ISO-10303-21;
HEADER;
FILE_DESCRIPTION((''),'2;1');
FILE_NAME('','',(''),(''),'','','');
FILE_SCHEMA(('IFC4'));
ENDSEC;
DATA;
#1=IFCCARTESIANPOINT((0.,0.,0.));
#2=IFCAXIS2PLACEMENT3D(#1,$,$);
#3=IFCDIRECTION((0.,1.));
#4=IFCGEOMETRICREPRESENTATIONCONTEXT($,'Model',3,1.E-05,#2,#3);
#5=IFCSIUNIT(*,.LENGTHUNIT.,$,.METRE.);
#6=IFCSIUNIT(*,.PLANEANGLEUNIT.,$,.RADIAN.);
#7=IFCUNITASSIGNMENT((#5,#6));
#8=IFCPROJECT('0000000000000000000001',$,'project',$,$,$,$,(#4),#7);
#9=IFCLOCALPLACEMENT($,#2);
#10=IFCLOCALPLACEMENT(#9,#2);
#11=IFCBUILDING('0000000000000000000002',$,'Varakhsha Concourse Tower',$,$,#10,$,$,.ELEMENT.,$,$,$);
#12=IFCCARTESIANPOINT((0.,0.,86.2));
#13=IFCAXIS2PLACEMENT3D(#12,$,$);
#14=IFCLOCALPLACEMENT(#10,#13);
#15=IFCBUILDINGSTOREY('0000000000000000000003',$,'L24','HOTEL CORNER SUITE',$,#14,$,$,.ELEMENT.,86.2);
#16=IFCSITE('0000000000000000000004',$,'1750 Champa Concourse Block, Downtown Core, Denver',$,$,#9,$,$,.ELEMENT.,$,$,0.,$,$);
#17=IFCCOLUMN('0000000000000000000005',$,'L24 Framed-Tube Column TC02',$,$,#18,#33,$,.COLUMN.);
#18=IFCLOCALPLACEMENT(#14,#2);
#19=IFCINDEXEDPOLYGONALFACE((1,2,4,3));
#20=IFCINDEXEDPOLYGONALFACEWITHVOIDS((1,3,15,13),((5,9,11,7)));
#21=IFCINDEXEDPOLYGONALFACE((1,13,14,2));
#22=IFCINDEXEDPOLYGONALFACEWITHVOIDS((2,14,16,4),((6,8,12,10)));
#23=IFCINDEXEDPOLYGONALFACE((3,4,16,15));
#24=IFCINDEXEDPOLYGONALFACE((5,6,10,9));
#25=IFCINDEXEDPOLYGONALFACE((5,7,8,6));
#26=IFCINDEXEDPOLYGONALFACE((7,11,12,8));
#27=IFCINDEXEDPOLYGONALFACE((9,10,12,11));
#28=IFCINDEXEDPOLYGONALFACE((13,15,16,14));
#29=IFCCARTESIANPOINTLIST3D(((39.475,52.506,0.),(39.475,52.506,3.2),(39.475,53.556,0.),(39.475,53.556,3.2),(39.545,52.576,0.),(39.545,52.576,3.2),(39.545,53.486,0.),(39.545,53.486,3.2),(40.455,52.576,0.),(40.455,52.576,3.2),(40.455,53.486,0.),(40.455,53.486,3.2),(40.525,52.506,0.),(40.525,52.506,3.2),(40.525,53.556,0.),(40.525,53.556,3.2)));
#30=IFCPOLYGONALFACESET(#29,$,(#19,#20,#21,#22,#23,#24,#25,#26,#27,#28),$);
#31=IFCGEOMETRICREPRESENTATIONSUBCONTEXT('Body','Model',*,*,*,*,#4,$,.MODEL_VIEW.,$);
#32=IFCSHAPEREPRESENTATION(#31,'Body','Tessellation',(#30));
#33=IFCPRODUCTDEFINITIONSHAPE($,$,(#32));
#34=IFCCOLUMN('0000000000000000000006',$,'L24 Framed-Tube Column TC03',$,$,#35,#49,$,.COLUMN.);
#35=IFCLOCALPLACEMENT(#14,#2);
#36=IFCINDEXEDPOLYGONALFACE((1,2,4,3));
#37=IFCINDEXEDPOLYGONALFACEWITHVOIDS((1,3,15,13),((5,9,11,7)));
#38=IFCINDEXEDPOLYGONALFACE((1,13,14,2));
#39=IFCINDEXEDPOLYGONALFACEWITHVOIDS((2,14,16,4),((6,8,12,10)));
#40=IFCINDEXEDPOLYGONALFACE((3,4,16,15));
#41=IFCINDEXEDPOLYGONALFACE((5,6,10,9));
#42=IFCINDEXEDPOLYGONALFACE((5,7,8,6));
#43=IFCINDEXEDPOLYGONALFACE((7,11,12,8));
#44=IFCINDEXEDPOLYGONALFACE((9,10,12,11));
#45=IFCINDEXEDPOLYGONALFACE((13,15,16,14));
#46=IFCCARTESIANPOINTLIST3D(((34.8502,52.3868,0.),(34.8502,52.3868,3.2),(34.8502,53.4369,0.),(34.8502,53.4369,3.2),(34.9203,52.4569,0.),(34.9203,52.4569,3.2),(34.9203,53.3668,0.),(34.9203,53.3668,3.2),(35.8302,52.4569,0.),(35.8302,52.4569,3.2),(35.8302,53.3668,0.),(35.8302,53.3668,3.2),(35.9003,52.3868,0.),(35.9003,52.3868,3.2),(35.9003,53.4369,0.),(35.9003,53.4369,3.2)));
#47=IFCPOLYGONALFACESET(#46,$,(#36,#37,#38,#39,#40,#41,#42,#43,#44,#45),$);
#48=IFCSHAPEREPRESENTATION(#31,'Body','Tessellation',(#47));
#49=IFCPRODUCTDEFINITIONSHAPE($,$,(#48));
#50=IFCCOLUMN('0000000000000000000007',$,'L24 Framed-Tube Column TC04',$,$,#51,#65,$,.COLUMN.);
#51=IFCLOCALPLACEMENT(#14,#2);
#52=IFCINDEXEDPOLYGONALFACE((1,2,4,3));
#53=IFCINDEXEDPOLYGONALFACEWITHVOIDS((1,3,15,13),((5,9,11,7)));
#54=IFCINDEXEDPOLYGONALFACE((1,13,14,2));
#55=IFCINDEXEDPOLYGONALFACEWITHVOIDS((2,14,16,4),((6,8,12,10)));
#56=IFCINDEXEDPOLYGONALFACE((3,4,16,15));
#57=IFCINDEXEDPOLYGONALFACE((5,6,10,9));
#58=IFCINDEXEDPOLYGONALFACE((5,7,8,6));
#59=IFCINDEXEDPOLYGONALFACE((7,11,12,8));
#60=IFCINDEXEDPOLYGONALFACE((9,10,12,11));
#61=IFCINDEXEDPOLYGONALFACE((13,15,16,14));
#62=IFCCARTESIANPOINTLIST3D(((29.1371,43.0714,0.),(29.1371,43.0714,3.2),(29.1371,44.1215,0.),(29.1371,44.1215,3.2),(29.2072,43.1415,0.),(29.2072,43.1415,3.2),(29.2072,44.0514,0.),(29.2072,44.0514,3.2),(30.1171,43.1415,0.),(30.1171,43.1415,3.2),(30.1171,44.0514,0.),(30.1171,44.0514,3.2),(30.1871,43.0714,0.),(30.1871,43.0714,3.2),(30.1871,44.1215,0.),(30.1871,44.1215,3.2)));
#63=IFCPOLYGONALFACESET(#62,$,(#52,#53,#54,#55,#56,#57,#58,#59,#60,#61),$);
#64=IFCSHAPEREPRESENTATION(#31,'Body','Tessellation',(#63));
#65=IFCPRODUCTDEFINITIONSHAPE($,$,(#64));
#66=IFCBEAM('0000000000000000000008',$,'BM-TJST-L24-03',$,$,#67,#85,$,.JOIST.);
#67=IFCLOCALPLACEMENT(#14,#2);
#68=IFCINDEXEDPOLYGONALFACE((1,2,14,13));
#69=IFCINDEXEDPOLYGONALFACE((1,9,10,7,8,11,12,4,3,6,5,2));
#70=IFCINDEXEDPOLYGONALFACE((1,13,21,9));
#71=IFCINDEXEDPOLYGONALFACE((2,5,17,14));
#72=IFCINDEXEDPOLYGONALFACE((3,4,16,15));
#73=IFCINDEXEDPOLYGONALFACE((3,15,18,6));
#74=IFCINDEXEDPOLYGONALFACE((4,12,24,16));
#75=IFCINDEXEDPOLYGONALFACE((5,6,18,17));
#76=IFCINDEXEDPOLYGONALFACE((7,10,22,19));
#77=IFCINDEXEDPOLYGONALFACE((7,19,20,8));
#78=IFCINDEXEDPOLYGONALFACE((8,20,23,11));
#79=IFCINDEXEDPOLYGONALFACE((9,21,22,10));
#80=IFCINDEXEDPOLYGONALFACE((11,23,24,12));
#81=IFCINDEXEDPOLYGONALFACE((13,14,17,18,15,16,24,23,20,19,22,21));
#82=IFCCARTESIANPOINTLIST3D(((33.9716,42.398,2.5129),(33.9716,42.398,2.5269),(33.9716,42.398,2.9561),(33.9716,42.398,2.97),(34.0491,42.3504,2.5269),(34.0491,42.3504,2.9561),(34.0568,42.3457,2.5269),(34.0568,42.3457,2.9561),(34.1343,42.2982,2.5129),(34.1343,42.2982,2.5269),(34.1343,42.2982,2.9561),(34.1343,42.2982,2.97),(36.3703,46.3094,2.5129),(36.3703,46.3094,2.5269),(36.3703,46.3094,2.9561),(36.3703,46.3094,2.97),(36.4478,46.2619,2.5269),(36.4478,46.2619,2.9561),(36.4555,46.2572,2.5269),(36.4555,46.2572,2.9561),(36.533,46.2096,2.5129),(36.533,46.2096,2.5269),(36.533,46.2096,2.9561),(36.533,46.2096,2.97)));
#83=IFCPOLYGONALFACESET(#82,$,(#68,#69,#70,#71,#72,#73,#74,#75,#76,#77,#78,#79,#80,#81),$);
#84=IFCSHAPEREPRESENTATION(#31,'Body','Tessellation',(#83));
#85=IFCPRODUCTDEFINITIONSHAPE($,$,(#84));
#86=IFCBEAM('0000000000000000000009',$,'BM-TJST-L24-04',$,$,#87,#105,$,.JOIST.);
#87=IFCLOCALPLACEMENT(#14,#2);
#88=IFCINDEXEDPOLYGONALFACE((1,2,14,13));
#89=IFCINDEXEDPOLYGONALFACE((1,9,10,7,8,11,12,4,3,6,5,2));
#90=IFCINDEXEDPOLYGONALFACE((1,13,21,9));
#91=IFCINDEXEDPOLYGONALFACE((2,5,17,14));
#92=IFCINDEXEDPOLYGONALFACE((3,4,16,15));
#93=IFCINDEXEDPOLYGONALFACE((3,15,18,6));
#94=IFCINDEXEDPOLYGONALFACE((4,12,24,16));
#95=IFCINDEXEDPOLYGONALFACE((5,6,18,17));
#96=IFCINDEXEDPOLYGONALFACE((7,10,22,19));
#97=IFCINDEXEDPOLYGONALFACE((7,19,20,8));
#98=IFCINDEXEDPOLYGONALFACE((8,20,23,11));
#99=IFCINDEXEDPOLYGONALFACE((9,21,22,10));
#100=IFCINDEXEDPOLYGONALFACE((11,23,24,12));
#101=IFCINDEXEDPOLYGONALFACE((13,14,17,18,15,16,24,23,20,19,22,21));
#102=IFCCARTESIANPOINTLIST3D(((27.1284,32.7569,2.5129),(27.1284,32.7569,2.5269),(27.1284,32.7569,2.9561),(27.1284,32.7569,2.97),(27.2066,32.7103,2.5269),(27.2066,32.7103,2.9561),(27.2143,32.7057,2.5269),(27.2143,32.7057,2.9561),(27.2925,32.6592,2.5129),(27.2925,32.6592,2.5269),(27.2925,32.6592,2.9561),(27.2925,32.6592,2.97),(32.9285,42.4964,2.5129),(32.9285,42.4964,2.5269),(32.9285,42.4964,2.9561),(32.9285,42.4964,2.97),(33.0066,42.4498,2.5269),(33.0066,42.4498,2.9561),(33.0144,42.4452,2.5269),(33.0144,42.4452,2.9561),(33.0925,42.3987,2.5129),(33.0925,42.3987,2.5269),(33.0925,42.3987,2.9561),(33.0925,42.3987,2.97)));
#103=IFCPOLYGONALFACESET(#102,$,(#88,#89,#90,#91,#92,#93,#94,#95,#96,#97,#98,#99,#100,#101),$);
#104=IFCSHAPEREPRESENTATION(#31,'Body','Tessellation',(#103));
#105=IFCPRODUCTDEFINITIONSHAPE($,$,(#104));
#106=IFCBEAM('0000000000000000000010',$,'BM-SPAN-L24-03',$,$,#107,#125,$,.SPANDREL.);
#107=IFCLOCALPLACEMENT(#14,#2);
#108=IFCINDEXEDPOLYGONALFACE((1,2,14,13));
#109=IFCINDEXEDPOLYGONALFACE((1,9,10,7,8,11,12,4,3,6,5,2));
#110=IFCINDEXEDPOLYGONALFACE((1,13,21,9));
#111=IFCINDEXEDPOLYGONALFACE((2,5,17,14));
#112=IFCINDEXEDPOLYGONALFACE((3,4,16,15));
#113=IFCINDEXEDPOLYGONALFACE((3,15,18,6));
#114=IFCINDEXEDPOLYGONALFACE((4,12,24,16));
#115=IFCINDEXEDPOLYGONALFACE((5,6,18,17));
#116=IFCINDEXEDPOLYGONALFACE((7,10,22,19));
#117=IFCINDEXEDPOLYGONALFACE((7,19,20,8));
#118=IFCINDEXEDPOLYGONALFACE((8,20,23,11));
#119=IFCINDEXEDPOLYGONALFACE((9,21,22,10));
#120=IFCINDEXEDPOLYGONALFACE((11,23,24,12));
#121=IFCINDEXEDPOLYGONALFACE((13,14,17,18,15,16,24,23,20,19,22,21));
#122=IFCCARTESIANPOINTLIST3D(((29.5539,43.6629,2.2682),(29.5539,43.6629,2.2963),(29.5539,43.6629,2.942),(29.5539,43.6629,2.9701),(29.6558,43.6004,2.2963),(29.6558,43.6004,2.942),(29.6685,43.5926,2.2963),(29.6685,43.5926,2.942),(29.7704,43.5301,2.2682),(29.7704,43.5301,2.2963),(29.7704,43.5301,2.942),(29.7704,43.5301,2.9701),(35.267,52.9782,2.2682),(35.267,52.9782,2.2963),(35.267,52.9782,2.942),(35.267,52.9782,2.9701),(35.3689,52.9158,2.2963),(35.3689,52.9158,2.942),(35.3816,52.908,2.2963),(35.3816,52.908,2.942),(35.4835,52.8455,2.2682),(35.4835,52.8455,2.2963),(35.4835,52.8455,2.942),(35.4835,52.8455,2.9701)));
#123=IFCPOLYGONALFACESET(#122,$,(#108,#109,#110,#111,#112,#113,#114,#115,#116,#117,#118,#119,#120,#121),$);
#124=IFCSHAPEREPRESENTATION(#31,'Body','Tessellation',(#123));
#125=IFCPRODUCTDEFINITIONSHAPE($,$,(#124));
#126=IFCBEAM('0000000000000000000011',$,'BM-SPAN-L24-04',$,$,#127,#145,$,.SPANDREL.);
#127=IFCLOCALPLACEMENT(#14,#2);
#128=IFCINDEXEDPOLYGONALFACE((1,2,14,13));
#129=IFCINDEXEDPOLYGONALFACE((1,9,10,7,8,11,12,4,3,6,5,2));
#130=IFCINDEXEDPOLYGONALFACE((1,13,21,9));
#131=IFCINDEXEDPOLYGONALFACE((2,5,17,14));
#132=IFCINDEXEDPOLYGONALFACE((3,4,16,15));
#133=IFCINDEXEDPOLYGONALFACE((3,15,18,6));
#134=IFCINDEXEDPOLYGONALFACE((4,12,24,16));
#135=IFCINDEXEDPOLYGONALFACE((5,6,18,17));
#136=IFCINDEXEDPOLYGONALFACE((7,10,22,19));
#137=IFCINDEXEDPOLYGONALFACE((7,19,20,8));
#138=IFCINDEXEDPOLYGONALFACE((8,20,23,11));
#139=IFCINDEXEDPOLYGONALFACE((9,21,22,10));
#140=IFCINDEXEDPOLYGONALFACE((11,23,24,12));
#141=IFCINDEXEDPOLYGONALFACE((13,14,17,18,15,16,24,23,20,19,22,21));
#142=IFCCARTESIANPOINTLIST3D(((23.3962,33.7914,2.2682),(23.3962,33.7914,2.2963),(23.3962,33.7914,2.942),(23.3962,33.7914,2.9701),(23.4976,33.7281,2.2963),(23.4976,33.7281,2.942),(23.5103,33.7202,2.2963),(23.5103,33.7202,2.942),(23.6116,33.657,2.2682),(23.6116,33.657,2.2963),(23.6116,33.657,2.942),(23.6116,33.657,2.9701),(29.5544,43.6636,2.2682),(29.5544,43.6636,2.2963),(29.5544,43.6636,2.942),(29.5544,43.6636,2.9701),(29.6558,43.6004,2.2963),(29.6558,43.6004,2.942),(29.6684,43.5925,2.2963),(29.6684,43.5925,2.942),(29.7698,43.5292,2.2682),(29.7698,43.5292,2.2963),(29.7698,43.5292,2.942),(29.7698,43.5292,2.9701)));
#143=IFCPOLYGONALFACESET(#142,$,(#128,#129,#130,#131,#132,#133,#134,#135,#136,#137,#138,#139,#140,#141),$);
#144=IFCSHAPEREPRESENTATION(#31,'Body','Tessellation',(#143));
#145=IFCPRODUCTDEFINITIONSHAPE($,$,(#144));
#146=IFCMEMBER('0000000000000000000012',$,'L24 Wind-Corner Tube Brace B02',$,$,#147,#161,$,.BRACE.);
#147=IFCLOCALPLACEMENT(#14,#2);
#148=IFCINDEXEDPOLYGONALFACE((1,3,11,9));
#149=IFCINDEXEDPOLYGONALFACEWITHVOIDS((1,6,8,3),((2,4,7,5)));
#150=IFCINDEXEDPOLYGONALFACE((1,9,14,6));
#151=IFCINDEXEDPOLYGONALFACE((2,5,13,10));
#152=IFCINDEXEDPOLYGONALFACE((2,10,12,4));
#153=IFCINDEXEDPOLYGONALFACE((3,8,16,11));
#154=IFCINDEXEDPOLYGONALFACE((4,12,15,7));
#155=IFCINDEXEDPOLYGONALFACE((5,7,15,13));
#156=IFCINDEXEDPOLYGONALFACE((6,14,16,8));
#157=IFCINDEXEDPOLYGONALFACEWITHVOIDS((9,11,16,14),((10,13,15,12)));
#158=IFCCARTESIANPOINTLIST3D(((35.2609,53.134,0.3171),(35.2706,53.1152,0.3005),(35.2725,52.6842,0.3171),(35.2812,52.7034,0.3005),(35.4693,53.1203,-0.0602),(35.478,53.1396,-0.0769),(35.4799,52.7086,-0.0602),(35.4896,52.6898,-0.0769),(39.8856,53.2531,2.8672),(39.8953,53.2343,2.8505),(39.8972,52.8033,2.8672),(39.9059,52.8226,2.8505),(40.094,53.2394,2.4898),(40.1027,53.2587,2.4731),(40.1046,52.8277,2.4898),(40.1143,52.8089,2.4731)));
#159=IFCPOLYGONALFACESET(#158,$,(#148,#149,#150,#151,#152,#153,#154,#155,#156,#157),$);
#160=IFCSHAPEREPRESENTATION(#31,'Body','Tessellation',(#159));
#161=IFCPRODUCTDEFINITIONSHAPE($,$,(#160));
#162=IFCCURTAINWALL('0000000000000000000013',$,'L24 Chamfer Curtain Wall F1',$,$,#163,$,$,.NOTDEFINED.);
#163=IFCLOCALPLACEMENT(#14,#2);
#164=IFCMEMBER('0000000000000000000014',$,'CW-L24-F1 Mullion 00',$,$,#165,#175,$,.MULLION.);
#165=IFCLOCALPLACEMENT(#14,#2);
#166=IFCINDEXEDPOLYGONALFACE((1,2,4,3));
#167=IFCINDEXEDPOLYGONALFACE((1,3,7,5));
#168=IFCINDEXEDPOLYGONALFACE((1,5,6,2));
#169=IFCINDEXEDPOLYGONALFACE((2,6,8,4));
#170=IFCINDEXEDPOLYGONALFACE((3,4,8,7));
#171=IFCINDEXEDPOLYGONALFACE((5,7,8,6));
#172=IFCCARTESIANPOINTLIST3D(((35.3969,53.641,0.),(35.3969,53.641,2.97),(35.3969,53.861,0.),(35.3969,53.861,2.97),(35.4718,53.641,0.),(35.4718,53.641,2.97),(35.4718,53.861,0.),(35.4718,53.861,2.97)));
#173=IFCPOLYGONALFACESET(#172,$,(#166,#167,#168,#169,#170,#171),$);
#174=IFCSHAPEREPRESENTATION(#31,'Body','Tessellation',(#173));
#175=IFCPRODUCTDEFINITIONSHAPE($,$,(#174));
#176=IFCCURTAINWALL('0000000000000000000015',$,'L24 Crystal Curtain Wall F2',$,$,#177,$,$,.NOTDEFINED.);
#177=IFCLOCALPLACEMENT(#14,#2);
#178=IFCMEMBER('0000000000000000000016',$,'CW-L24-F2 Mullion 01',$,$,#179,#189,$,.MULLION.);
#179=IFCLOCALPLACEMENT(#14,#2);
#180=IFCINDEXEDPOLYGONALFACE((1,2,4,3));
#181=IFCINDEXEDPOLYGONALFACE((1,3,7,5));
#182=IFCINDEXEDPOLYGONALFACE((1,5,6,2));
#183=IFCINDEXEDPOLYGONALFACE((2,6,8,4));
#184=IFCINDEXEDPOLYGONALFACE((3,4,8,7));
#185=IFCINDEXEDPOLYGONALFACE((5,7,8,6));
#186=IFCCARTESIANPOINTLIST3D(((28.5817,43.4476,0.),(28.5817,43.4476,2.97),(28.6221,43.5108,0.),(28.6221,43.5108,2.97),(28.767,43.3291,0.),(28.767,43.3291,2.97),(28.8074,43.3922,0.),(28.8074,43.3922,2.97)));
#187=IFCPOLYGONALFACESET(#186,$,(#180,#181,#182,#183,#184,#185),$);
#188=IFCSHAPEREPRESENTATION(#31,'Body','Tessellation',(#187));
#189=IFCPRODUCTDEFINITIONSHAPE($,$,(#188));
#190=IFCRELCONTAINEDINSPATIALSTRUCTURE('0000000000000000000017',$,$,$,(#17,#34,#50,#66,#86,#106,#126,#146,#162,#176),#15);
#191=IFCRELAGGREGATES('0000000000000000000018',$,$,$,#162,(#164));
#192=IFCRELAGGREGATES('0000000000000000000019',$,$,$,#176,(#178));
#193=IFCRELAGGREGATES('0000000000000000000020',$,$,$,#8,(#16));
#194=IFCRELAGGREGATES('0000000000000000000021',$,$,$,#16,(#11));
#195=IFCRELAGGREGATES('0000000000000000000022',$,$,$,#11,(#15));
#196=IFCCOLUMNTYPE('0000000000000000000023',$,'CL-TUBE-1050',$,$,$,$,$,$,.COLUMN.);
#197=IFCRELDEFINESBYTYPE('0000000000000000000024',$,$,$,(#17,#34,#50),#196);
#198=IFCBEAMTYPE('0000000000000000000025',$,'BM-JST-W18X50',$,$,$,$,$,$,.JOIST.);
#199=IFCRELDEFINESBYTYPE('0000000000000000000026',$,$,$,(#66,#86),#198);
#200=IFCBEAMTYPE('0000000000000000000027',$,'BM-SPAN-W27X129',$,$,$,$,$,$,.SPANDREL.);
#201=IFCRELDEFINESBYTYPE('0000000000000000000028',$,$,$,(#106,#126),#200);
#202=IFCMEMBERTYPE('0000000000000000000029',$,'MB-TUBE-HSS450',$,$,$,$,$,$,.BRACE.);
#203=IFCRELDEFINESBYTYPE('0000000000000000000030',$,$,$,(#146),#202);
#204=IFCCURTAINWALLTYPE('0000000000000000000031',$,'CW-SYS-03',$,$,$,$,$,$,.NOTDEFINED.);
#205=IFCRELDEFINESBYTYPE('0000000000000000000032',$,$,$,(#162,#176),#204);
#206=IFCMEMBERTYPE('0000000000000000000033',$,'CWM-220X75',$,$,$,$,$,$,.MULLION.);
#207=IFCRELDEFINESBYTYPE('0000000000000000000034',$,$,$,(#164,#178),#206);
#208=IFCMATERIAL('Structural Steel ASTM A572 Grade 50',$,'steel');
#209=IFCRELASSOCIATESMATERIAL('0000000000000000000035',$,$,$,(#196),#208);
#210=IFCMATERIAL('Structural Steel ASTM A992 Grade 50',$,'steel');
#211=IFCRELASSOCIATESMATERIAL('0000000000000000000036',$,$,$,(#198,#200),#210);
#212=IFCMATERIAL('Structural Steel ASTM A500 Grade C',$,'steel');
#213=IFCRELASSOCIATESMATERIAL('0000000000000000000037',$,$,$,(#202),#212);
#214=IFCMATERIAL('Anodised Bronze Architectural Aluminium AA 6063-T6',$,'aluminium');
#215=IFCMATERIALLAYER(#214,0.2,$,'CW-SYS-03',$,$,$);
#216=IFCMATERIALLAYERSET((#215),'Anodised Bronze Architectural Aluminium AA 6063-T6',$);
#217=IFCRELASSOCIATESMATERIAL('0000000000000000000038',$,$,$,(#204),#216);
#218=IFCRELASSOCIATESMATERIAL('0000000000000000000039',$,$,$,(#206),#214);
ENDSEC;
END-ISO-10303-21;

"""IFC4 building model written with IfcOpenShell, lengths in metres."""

from ifc_helpers import new_model, si_unit, direction, frame, origin, origin_2d, place, context, subcontext, project, spatial, rectangle, hollow_rectangle, i_section, extrude, source, transform, mapped, material, layer, layer_set, material_profile, profile_set, type_object, type_shapes, element, aggregate, save


model = new_model("IFC4")

# Units and contexts
model_context = context("Model", 3, precision=1e-05, world=origin(), true_north=direction((0.0, 1.0)))
body_context = subcontext(model_context, "Body", "Model", "MODEL_VIEW")
ifc_project = project(units=[si_unit("LENGTHUNIT", "METRE"), si_unit("PLANEANGLEUNIT", "RADIAN")], contexts=[model_context])

# Site, building, storey
site_placement = place(None, origin())
site = spatial("IfcSite", under=ifc_project, at=site_placement, Name="1750 Champa Concourse Block, Downtown Core, Denver", CompositionType="ELEMENT", RefElevation=0.0)
building_placement = place(site_placement, origin())
building = spatial("IfcBuilding", under=site, at=building_placement, Name="Varakhsha Concourse Tower", CompositionType="ELEMENT")
storey_placement = place(building_placement, frame((0.0, 0.0, 86.2)))
storey = spatial("IfcBuildingStorey", under=building, at=storey_placement, Name="L24", Description="HOTEL CORNER SUITE", CompositionType="ELEMENT", Elevation=86.2)

# Columns
ifc_material_1 = material(Name="Structural Steel ASTM A572 Grade 50", Category="steel")
ifc_material_profile_1 = material_profile(ifc_material_1, hollow_rectangle(XDim=1.05, YDim=1.05, WallThickness=0.0701, at=origin_2d()), Name="BOX 1050x1050x70")
ifc_profile_set_1 = profile_set([ifc_material_profile_1], Name="Structural Steel ASTM A572 Grade 50")
column_type = type_object("IfcColumnType", Name="CL-TUBE-1050", PredefinedType="COLUMN", material=ifc_profile_set_1)
for number, where, z_axis, x_axis, name in (
    (1, (40.0, 53.031, 0.0), (0.0, 0.0, 1.0), (1.0, 0.0, 0.0), "L24 Framed-Tube Column TC02"),
    (2, (35.3752, 52.9119, 0.0), (0.0, 0.0, 1.0), (1.0, 0.0, 0.0), "L24 Framed-Tube Column TC03"),
    (3, (29.6621, 43.5964, 0.0), (0.0, 0.0, 1.0), (1.0, 0.0, 0.0), "L24 Framed-Tube Column TC04"),
):
    element("IfcColumn", number, at=place(storey_placement, frame(where, z_axis=z_axis, x_axis=x_axis)), inside=storey, type_object=column_type, Name=name, PredefinedType="COLUMN", context=body_context, shape_type="SweptSolid", body=[
        extrude(hollow_rectangle(XDim=1.05, YDim=1.05, WallThickness=0.0701, at=origin_2d()), origin(), (0.0, 0.0, 1.0), 3.2),
    ])

# Beams
ifc_material_2 = material(Name="Structural Steel ASTM A992 Grade 50", Category="steel")
ifc_material_profile_2 = material_profile(ifc_material_2, i_section(OverallWidth=0.1909, OverallDepth=0.457, WebThickness=0.009, FlangeThickness=0.0139, at=origin_2d()), Name="W18X50")
ifc_profile_set_2 = profile_set([ifc_material_profile_2], Name="Structural Steel ASTM A992 Grade 50")
beam_type_1 = type_object("IfcBeamType", Name="BM-JST-W18X50", PredefinedType="JOIST", material=ifc_profile_set_2)
beam_1_placement = place(storey_placement, frame((36.4517, 46.2595, 2.7415), z_axis=(-0.522782, -0.852467, 0.0), x_axis=(0.852467, -0.522782, 0.0)))
element("IfcBeam", 4, at=beam_1_placement, inside=storey, type_object=beam_type_1, Name="BM-TJST-L24-03", PredefinedType="JOIST", context=body_context, shape_type="SweptSolid", body=[
    extrude(i_section(OverallWidth=0.1909, OverallDepth=0.457, WebThickness=0.009, FlangeThickness=0.0139, at=origin_2d()), origin(), (0.0, 0.0, 1.0), 4.5884),
])
beam_2_placement = place(storey_placement, frame((33.0105, 42.4475, 2.7415), z_axis=(-0.511661, -0.859187, 0.0), x_axis=(0.859187, -0.511661, 0.0)))
element("IfcBeam", 5, at=beam_2_placement, inside=storey, type_object=beam_type_1, Name="BM-TJST-L24-04", PredefinedType="JOIST", context=body_context, shape_type="SweptSolid", body=[
    extrude(i_section(OverallWidth=0.1909, OverallDepth=0.457, WebThickness=0.009, FlangeThickness=0.0139, at=origin_2d()), origin(), (0.0, 0.0, 1.0), 11.3357),
])
ifc_material_profile_3 = material_profile(ifc_material_2, i_section(OverallWidth=0.2539, OverallDepth=0.7019, WebThickness=0.0149, FlangeThickness=0.0281, at=origin_2d()), Name="W27X129")
ifc_profile_set_3 = profile_set([ifc_material_profile_3], Name="Structural Steel ASTM A992 Grade 50")
beam_type_2 = type_object("IfcBeamType", Name="BM-SPAN-W27X129", PredefinedType="SPANDREL", material=ifc_profile_set_3)
beam_3_placement = place(storey_placement, frame((35.3752, 52.9119, 2.6191), z_axis=(-0.522807, -0.852451, 0.0), x_axis=(0.852451, -0.522807, 0.0)))
element("IfcBeam", 6, at=beam_3_placement, inside=storey, type_object=beam_type_2, Name="BM-SPAN-L24-03", PredefinedType="SPANDREL", context=body_context, shape_type="SweptSolid", body=[
    extrude(i_section(OverallWidth=0.2539, OverallDepth=0.7019, WebThickness=0.0149, FlangeThickness=0.0281, at=origin_2d()), origin(), (0.0, 0.0, 1.0), 10.9277),
])
beam_4_placement = place(storey_placement, frame((29.6621, 43.5964, 2.6191), z_axis=(-0.529258, -0.848461, 0.0), x_axis=(0.848461, -0.529258, 0.0)))
element("IfcBeam", 7, at=beam_4_placement, inside=storey, type_object=beam_type_2, Name="BM-SPAN-L24-04", PredefinedType="SPANDREL", context=body_context, shape_type="SweptSolid", body=[
    extrude(i_section(OverallWidth=0.2539, OverallDepth=0.7019, WebThickness=0.0149, FlangeThickness=0.0281, at=origin_2d()), origin(), (0.0, 0.0, 1.0), 11.6355),
])

# Member
ifc_material_3 = material(Name="Structural Steel ASTM A500 Grade C", Category="steel")
ifc_material_profile_4 = material_profile(ifc_material_3, hollow_rectangle(XDim=0.45, YDim=0.45, WallThickness=0.019, at=origin_2d()), Name="HSS 450x450x19")
ifc_profile_set_4 = profile_set([ifc_material_profile_4], Name="Structural Steel ASTM A500 Grade C")
member_type_1 = type_object("IfcMemberType", Name="MB-TUBE-HSS450", PredefinedType="BRACE", material=ifc_profile_set_4)
shared_shape_1 = source(origin(), body_context, "Body", "SweptSolid", [
    extrude(hollow_rectangle(XDim=0.45, YDim=0.45, WallThickness=0.019, at=origin_2d()), origin(), (0.0, 0.0, 1.0), 5.2825),
])
type_shapes(member_type_1, [shared_shape_1])
member_1_placement = place(storey_placement, frame((35.3752, 52.9119, 0.1201), z_axis=(0.875478, 0.022554, 0.482731), x_axis=(-0.025753, 0.999668, 0.0)))
element("IfcMember", 8, at=member_1_placement, inside=storey, type_object=member_type_1, Name="L24 Wind-Corner Tube Brace B02", PredefinedType="BRACE", context=body_context, shape_type="MappedRepresentation", body=[
    mapped(shared_shape_1, transform((0.0, 0.0, 0.0), scale=1.0)),
])

# Curtain wall, member
ifc_material_4 = material(Name="Anodised Bronze Architectural Aluminium AA 6063-T6", Category="aluminium")
ifc_layer_1 = layer(ifc_material_4, 0.2, Name="CW-SYS-03")
ifc_layer_set_1 = layer_set([ifc_layer_1], Name="Anodised Bronze Architectural Aluminium AA 6063-T6")
curtain_wall_type = type_object("IfcCurtainWallType", Name="CW-SYS-03", PredefinedType="NOTDEFINED", material=ifc_layer_set_1)
curtain_wall_1_placement = place(storey_placement, origin())
curtain_wall_1 = element("IfcCurtainWall", 9, at=curtain_wall_1_placement, inside=storey, type_object=curtain_wall_type, Name="L24 Chamfer Curtain Wall F1", PredefinedType="NOTDEFINED")
ifc_material_profile_5 = material_profile(ifc_material_4, rectangle(XDim=0.075, YDim=0.22, at=origin_2d()), Name="CWM-220X75")
ifc_profile_set_5 = profile_set([ifc_material_profile_5], Name="Anodised Bronze Architectural Aluminium AA 6063-T6")
member_type_2 = type_object("IfcMemberType", Name="CWM-220X75", PredefinedType="MULLION", material=ifc_profile_set_5)
shared_shape_2 = source(origin(), body_context, "Body", "SweptSolid", [
    extrude(rectangle(XDim=0.075, YDim=0.22, at=origin_2d()), origin(), (0.0, 0.0, 1.0), 2.97),
])
type_shapes(member_type_2, [shared_shape_2])
member_2_placement = place(storey_placement, frame((35.4343, 53.751, 0.0), z_axis=(0.0, 0.0, 1.0), x_axis=(1.0, 0.0, 0.0)))
member_2 = element("IfcMember", 10, at=member_2_placement, type_object=member_type_2, Name="CW-L24-F1 Mullion 00", PredefinedType="MULLION", context=body_context, shape_type="MappedRepresentation", body=[
    mapped(shared_shape_2, transform((0.0, 0.0, 0.0), scale=1.0)),
])

# Curtain wall, member
curtain_wall_2_placement = place(storey_placement, origin())
curtain_wall_2 = element("IfcCurtainWall", 11, at=curtain_wall_2_placement, inside=storey, type_object=curtain_wall_type, Name="L24 Crystal Curtain Wall F2", PredefinedType="NOTDEFINED")
member_3_placement = place(storey_placement, frame((28.6946, 43.4199, 0.0), z_axis=(0.0, 0.0, 1.0), x_axis=(0.538787, 0.842442, 0.0)))
member_3 = element("IfcMember", 12, at=member_3_placement, type_object=member_type_2, Name="CW-L24-F2 Mullion 01", PredefinedType="MULLION", context=body_context, shape_type="MappedRepresentation", body=[
    mapped(shared_shape_2, transform((0.0, 0.0, 0.0), scale=1.0)),
])

aggregate(curtain_wall_1, [member_2])

aggregate(curtain_wall_2, [member_3])

save(model, "model.ifc")
